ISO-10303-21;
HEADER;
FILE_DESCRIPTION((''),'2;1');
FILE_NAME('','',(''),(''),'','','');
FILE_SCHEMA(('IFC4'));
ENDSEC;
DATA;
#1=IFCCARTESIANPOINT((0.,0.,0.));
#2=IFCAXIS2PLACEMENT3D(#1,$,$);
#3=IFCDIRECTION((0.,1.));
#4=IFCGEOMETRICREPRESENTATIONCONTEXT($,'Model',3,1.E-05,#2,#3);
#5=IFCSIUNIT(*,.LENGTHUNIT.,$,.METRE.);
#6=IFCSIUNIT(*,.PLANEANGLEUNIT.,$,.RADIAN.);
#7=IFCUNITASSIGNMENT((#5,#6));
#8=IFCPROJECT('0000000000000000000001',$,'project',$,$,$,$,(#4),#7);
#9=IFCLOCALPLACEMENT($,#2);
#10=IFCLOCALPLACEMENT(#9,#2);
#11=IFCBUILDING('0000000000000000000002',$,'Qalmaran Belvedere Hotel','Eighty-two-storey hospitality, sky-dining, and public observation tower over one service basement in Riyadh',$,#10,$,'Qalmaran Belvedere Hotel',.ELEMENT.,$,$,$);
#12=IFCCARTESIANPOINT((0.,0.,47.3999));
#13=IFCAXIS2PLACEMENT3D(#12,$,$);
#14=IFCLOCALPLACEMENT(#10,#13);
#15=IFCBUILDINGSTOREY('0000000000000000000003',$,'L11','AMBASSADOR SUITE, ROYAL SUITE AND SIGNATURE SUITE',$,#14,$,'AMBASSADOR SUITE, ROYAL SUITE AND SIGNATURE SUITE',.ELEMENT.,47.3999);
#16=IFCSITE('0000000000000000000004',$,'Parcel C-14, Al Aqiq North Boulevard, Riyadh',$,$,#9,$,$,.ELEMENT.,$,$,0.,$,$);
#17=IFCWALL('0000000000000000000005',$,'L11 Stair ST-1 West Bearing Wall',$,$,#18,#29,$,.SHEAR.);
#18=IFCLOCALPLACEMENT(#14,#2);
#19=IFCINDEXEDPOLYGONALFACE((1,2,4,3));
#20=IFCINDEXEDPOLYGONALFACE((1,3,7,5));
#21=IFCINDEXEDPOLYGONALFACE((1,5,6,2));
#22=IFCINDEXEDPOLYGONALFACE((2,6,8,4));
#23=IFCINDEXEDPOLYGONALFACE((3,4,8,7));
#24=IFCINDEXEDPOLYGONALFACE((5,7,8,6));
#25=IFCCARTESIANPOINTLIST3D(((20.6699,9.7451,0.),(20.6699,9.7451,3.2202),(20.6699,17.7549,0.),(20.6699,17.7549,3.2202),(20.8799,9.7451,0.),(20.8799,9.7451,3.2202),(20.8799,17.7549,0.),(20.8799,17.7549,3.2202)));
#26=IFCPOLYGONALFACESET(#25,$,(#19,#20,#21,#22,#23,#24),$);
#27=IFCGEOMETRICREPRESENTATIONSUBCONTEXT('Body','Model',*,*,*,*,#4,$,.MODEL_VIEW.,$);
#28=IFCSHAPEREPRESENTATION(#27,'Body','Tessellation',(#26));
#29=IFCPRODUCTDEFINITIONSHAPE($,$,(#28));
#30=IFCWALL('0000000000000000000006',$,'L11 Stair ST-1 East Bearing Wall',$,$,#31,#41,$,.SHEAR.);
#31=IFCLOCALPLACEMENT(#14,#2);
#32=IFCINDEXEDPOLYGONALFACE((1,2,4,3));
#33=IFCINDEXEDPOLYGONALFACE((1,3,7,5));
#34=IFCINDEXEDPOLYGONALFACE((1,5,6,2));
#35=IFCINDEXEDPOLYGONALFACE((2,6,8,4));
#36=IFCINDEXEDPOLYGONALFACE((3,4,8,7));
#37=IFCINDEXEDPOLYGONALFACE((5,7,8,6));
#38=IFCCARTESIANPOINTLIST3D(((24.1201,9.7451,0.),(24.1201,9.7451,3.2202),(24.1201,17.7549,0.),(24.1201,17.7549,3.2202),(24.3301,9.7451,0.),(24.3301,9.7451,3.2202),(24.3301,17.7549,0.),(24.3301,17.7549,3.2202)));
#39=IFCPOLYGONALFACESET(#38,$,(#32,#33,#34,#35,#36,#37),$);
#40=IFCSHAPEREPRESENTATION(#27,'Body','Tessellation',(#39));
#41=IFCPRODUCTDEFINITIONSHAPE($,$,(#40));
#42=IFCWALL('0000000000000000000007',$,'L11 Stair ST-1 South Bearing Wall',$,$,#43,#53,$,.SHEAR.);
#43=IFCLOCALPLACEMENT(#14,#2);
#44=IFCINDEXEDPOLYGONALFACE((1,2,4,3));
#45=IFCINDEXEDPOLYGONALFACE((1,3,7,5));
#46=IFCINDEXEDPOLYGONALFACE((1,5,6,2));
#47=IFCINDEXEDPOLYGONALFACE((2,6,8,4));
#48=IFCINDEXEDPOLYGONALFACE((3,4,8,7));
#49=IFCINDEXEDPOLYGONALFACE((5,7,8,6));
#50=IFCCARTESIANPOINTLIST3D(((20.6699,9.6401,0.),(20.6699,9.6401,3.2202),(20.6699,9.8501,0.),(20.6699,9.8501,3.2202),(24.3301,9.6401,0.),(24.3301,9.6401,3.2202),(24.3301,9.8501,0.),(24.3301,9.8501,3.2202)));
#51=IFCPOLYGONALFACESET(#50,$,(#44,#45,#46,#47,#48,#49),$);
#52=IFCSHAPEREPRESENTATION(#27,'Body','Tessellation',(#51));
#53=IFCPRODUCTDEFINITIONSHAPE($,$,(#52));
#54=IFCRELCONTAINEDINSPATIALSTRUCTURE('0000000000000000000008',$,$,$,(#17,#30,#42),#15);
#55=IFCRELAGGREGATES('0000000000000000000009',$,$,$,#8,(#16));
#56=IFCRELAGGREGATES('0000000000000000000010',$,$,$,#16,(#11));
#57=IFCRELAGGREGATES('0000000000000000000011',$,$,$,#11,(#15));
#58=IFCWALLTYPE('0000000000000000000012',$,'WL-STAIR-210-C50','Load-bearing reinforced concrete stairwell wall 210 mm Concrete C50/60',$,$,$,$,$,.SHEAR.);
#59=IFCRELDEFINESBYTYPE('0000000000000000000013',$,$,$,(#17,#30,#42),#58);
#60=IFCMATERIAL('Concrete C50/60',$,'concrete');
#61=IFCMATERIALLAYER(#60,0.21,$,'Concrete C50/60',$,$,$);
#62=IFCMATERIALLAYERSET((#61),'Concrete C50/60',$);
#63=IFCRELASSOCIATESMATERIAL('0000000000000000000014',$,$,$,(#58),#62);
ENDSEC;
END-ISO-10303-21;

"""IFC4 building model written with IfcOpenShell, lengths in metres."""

from ifc_helpers import new_model, si_unit, direction, frame, frame_2d, origin, place, context, subcontext, project, spatial, rectangle, extrude, material, layer, layer_set, type_object, element, save


model = new_model("IFC4")

# Units and contexts
model_context = context("Model", 3, precision=1e-05, world=origin(), true_north=direction((0.0, 1.0)))
body_context = subcontext(model_context, "Body", "Model", "MODEL_VIEW")
ifc_project = project(units=[si_unit("LENGTHUNIT", "METRE"), si_unit("PLANEANGLEUNIT", "RADIAN")], contexts=[model_context])

# Site, building, storey
site_placement = place(None, origin())
site = spatial("IfcSite", under=ifc_project, at=site_placement, Name="Parcel C-14, Al Aqiq North Boulevard, Riyadh", CompositionType="ELEMENT", RefElevation=0.0)
building_placement = place(site_placement, origin())
building = spatial("IfcBuilding", under=site, at=building_placement, Name="Qalmaran Belvedere Hotel", Description="Eighty-two-storey hospitality, sky-dining, and public observation tower over one service basement in Riyadh", LongName="Qalmaran Belvedere Hotel", CompositionType="ELEMENT")
storey_placement = place(building_placement, frame((0.0, 0.0, 47.3999)))
storey = spatial("IfcBuildingStorey", under=building, at=storey_placement, Name="L11", Description="AMBASSADOR SUITE, ROYAL SUITE AND SIGNATURE SUITE", LongName="AMBASSADOR SUITE, ROYAL SUITE AND SIGNATURE SUITE", CompositionType="ELEMENT", Elevation=47.3999)

# Shared definitions
ifc_material_1 = material(Name="Concrete C50/60", Category="concrete")

# Walls
ifc_layer_1 = layer(ifc_material_1, 0.21, Name="Concrete C50/60")
ifc_layer_set_1 = layer_set([ifc_layer_1], Name="Concrete C50/60")
wall_type_1 = type_object("IfcWallType", Name="WL-STAIR-210-C50", Description="Load-bearing reinforced concrete stairwell wall 210 mm Concrete C50/60", PredefinedType="SHEAR", material=ifc_layer_set_1)
for number, where, z_axis, x_axis, name in (
    (1, (20.7749, 9.7451, 0.0), (0.0, 0.0, 1.0), (0.0, 1.0, 0.0), "L11 Stair ST-1 West Bearing Wall"),
    (2, (24.2251, 9.7451, 0.0), (0.0, 0.0, 1.0), (0.0, 1.0, 0.0), "L11 Stair ST-1 East Bearing Wall"),
):
    element("IfcWall", number, at=place(storey_placement, frame(where, z_axis=z_axis, x_axis=x_axis)), inside=storey, type_object=wall_type_1, Name=name, PredefinedType="SHEAR", context=body_context, shape_type="SweptSolid", body=[
        extrude(rectangle(XDim=8.0098, YDim=0.21, at=frame_2d((4.0049, 0.0))), origin(), (0.0, 0.0, 1.0), 3.2202),
    ])
wall_1_placement = place(storey_placement, frame((20.6699, 9.7451, 0.0), z_axis=(0.0, 0.0, 1.0), x_axis=(1.0, 0.0, 0.0)))
element("IfcWall", 3, at=wall_1_placement, inside=storey, type_object=wall_type_1, Name="L11 Stair ST-1 South Bearing Wall", PredefinedType="SHEAR", context=body_context, shape_type="SweptSolid", body=[
    extrude(rectangle(XDim=3.6602, YDim=0.21, at=frame_2d((1.8301, 0.0))), origin(), (0.0, 0.0, 1.0), 3.2202),
])

save(model, "model.ifc")
